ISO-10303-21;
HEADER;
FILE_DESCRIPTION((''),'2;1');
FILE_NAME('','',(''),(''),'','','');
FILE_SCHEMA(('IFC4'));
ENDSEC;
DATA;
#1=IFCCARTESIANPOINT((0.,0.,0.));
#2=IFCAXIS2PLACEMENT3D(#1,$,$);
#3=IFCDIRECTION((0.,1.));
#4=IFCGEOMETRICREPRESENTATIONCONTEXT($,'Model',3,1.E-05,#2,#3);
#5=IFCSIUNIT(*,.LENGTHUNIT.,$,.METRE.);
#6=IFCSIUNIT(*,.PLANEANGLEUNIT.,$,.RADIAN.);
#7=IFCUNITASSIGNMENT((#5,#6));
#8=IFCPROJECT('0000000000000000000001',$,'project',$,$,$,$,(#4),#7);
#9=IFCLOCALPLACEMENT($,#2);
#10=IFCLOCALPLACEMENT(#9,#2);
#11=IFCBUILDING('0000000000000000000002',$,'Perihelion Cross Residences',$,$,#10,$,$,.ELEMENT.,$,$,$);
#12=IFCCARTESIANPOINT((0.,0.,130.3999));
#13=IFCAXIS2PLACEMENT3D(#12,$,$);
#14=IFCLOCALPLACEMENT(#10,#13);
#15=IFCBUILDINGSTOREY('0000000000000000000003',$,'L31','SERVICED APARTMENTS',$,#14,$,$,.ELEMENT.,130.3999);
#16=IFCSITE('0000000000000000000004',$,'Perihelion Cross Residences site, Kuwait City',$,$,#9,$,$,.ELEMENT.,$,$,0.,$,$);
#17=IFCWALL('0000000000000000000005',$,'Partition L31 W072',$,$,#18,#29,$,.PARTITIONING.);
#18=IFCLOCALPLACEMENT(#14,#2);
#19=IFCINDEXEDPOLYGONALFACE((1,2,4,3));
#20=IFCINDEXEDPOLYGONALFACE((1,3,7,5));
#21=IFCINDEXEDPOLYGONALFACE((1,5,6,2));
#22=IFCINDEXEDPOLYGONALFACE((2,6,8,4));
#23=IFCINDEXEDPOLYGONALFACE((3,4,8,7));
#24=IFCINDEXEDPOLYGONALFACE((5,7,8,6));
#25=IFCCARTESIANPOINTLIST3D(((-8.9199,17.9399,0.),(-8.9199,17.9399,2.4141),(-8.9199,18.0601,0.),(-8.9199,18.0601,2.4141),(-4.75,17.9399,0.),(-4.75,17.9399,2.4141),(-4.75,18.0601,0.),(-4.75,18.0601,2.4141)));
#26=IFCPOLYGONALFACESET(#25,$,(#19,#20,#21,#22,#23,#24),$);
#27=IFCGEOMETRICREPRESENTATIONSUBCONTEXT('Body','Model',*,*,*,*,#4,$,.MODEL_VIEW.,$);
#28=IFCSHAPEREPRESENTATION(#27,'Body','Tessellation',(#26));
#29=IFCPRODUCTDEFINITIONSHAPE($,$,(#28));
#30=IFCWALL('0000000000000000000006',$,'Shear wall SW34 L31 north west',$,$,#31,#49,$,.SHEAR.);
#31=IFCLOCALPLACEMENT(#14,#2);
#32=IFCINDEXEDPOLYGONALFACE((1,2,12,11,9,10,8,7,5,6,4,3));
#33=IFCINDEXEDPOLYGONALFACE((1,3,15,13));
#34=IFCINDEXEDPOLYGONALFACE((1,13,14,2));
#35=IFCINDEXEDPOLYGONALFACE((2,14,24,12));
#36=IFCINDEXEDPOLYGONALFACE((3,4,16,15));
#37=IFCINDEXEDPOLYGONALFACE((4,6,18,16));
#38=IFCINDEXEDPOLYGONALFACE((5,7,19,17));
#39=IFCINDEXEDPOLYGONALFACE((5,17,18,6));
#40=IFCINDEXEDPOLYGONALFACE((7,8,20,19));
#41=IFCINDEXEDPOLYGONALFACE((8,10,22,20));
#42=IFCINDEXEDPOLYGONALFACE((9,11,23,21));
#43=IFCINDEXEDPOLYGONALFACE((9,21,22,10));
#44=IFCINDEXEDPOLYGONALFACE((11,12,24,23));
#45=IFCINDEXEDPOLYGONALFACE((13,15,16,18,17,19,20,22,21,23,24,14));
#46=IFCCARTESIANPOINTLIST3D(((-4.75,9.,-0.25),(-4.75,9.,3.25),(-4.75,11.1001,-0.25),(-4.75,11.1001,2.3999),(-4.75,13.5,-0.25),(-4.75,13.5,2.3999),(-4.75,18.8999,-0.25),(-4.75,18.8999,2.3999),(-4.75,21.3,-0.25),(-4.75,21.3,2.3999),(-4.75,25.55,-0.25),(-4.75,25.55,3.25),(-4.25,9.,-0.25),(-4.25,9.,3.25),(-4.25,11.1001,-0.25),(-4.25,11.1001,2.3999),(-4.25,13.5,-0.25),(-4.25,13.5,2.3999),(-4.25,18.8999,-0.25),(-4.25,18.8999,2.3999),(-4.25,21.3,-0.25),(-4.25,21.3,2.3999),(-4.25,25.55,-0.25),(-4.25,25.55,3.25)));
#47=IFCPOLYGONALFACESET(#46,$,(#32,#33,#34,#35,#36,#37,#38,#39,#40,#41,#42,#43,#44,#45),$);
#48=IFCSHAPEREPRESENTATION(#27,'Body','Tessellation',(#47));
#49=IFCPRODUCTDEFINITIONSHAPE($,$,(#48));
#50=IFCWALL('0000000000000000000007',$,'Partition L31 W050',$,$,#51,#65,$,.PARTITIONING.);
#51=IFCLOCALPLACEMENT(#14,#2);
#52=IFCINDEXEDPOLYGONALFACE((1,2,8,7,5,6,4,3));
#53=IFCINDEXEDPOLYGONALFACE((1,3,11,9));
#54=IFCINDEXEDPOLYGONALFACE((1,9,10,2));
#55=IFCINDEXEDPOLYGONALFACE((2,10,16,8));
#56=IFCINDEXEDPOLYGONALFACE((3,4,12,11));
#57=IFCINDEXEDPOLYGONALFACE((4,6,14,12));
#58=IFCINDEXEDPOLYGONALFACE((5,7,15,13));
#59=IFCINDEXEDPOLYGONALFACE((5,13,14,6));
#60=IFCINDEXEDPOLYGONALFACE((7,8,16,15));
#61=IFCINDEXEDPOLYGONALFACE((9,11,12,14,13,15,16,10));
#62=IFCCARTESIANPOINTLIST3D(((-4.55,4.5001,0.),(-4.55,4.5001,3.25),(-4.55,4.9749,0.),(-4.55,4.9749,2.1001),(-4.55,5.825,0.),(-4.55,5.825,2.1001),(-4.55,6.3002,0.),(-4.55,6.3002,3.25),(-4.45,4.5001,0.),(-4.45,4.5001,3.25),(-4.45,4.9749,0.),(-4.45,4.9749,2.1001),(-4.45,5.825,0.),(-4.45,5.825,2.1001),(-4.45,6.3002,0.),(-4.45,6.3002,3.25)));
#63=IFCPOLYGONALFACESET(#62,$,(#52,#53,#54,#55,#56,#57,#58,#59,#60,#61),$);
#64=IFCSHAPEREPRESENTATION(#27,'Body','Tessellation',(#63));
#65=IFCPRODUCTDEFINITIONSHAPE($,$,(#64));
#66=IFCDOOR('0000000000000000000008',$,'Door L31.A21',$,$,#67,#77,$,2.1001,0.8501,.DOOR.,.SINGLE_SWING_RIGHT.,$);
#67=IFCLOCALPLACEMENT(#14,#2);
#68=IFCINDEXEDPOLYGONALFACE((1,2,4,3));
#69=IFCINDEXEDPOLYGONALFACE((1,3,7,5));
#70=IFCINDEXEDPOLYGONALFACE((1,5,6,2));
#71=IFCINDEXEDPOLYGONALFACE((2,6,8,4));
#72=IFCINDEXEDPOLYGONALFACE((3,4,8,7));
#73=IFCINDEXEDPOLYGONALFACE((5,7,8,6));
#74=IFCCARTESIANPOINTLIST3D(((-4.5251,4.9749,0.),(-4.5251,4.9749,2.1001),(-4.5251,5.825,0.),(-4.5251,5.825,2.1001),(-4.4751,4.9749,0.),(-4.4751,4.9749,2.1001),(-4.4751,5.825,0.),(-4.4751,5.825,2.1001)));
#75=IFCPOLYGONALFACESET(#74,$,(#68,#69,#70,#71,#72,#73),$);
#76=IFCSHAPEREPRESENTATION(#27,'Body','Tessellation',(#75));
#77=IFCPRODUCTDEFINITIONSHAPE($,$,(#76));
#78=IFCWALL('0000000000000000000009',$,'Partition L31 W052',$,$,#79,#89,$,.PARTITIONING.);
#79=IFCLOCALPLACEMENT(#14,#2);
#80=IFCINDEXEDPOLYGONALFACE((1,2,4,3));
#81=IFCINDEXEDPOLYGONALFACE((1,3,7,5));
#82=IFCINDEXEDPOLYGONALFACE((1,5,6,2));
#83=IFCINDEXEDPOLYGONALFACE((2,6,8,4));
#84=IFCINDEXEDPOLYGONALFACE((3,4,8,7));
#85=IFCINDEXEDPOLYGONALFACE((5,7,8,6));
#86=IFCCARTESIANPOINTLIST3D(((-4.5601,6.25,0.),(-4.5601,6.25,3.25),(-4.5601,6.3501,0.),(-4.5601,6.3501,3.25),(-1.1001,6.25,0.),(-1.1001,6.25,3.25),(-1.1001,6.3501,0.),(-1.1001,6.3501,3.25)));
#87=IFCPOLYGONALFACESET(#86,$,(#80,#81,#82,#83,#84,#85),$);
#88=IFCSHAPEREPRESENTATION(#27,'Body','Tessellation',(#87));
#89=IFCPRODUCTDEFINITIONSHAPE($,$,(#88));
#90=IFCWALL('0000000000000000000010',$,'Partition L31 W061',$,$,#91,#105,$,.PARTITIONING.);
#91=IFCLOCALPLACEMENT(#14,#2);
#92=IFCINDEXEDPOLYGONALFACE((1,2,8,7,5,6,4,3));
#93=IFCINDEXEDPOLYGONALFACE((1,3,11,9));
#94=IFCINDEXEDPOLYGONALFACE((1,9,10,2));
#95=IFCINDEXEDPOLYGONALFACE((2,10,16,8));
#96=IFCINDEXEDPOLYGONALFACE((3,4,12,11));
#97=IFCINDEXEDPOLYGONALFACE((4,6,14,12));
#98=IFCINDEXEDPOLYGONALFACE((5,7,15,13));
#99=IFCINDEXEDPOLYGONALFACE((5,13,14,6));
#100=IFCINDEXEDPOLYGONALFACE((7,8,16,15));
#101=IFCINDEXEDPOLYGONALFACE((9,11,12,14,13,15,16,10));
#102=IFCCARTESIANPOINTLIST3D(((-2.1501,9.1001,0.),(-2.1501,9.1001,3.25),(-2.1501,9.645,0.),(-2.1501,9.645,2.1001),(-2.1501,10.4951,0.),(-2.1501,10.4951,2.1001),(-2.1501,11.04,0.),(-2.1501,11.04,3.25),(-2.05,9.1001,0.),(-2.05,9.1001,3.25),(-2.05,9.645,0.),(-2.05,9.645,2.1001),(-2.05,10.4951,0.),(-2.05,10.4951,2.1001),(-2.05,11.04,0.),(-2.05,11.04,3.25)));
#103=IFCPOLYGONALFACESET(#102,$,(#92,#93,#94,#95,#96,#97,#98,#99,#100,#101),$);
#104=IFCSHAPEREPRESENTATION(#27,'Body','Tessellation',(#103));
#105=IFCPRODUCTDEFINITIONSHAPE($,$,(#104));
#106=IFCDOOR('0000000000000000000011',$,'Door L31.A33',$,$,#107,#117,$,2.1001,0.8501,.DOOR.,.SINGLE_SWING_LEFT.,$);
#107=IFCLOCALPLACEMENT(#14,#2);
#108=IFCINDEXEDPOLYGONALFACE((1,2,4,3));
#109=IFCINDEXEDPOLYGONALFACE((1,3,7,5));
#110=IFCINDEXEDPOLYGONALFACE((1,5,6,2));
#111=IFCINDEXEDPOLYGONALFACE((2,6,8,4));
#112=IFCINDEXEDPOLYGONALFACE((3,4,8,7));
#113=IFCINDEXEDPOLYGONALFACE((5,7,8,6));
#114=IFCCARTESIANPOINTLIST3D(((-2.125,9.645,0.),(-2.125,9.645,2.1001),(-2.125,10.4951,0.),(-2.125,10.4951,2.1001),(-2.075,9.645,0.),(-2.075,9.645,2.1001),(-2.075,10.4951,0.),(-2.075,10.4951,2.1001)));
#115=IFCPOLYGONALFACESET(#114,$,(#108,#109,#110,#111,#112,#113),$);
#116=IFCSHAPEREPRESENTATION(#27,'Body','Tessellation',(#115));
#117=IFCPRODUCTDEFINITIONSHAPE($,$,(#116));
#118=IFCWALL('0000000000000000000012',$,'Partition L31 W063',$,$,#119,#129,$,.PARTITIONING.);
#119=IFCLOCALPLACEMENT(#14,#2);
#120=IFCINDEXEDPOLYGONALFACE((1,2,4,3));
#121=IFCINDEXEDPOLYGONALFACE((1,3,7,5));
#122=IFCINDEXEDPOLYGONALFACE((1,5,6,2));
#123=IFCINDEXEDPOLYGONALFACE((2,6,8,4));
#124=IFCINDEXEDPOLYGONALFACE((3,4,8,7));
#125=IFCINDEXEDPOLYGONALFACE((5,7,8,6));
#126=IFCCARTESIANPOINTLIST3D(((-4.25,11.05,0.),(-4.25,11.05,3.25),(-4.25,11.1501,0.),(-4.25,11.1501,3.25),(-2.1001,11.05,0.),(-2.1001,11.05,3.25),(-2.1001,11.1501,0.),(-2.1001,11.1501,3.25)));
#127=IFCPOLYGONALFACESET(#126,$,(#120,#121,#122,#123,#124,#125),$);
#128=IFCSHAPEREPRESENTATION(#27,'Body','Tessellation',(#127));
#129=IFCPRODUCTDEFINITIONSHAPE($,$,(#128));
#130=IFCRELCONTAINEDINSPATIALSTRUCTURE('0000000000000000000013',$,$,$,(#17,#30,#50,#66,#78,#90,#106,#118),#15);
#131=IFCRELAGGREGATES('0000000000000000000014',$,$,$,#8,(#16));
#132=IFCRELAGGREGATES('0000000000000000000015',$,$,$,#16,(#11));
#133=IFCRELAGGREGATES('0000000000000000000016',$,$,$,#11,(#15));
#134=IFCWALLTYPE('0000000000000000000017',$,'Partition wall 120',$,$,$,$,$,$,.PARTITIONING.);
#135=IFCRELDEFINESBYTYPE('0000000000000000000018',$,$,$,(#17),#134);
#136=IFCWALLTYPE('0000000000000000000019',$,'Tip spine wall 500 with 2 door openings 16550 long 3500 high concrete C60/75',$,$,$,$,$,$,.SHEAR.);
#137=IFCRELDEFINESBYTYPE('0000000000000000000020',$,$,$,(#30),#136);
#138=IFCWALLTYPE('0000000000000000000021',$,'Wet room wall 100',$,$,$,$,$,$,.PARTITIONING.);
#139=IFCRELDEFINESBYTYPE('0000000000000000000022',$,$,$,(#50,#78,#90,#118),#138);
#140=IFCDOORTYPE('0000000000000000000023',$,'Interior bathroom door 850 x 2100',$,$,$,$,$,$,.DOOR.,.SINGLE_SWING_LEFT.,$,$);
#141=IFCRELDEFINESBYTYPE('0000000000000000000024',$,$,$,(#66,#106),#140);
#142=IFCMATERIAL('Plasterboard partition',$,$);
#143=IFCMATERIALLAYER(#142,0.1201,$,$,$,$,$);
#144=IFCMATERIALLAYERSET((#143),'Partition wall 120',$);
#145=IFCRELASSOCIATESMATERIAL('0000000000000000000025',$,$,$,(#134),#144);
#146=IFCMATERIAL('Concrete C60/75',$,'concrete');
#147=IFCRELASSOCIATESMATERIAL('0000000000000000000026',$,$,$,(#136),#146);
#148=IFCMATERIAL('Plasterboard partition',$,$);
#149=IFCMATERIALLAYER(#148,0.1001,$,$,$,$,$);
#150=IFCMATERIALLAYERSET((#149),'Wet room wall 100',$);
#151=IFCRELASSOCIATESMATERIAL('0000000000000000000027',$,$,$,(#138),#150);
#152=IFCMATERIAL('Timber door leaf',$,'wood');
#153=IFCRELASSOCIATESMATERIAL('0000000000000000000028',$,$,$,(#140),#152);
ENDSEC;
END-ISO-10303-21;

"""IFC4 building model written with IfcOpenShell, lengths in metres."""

from ifc_helpers import new_model, si_unit, direction, frame, frame_2d, origin, place, context, subcontext, project, spatial, polyline, rectangle, outline, extrude, material, layer, layer_set, material_profile, profile_set, type_object, element, fill, save


model = new_model("IFC4")

# Units and contexts
model_context = context("Model", 3, precision=1e-05, world=origin(), true_north=direction((0.0, 1.0)))
body_context = subcontext(model_context, "Body", "Model", "MODEL_VIEW")
ifc_project = project(units=[si_unit("LENGTHUNIT", "METRE"), si_unit("PLANEANGLEUNIT", "RADIAN")], contexts=[model_context])

# Site, building, storey
site_placement = place(None, origin())
site = spatial("IfcSite", under=ifc_project, at=site_placement, Name="Perihelion Cross Residences site, Kuwait City", CompositionType="ELEMENT", RefElevation=0.0)
building_placement = place(site_placement, origin())
building = spatial("IfcBuilding", under=site, at=building_placement, Name="Perihelion Cross Residences", CompositionType="ELEMENT")
storey_placement = place(building_placement, frame((0.0, 0.0, 130.3999)))
storey = spatial("IfcBuildingStorey", under=building, at=storey_placement, Name="L31", Description="SERVICED APARTMENTS", CompositionType="ELEMENT", Elevation=130.3999)

# Shared definitions
ifc_material_1 = material(Name="Plasterboard partition")
ifc_layer_1 = layer(ifc_material_1, 0.1201)
ifc_layer_set_1 = layer_set([ifc_layer_1], Name="Partition wall 120")
wall_type_1 = type_object("IfcWallType", Name="Partition wall 120", PredefinedType="PARTITIONING", material=ifc_layer_set_1)

# Walls
wall_1_placement = place(storey_placement, frame((-8.9199, 18.0, 0.0), z_axis=(0.0, 0.0, 1.0), x_axis=(1.0, 0.0, 0.0)))
element("IfcWall", 1, at=wall_1_placement, inside=storey, type_object=wall_type_1, Name="Partition L31 W072", PredefinedType="PARTITIONING", context=body_context, shape_type="SweptSolid", body=[
    extrude(rectangle(XDim=4.1699, YDim=0.1201, at=frame_2d((2.085, 0.0))), origin(), (0.0, 0.0, 1.0), 2.4141),
])
ifc_material_2 = material(Name="Concrete C60/75", Category="concrete")
ifc_material_profile_1 = material_profile(ifc_material_2, outline(polyline([(0.0, 0.0), (2.1001, 0.0), (2.1001, 2.6499), (4.5, 2.6499), (4.5, 0.0), (9.8999, 0.0), (9.8999, 2.6499), (12.3, 2.6499), (12.3, 0.0), (16.55, 0.0), (16.55, 3.5), (0.0, 3.5), (0.0, 0.0)])), Name="Tip spine wall")
ifc_profile_set_1 = profile_set([ifc_material_profile_1], Name="Concrete C60/75")
wall_type_2 = type_object("IfcWallType", Name="Tip spine wall 500 with 2 door openings 16550 long 3500 high concrete C60/75", PredefinedType="SHEAR", material=ifc_profile_set_1)
wall_2_placement = place(storey_placement, frame((-4.75, 9.0, -0.25), z_axis=(1.0, 0.0, 0.0), x_axis=(0.0, 1.0, 0.0)))
element("IfcWall", 2, at=wall_2_placement, inside=storey, type_object=wall_type_2, Name="Shear wall SW34 L31 north west", PredefinedType="SHEAR", context=body_context, shape_type="SweptSolid", body=[
    extrude(outline(polyline([(0.0, 0.0), (2.1001, 0.0), (2.1001, 2.6499), (4.5, 2.6499), (4.5, 0.0), (9.8999, 0.0), (9.8999, 2.6499), (12.3, 2.6499), (12.3, 0.0), (16.55, 0.0), (16.55, 3.5), (0.0, 3.5), (0.0, 0.0)])), origin(), (0.0, 0.0, 1.0), 0.5),
])

# Wall, opening, door
ifc_material_3 = material(Name="Plasterboard partition")
ifc_layer_2 = layer(ifc_material_3, 0.1001)
ifc_layer_set_2 = layer_set([ifc_layer_2], Name="Wet room wall 100")
wall_type_3 = type_object("IfcWallType", Name="Wet room wall 100", PredefinedType="PARTITIONING", material=ifc_layer_set_2)
wall_3_placement = place(storey_placement, frame((-4.5, 6.3, 0.0), z_axis=(0.0, 0.0, 1.0), x_axis=(0.0, -1.0, 0.0)))
wall_3 = element("IfcWall", 3, at=wall_3_placement, inside=storey, type_object=wall_type_3, Name="Partition L31 W050", PredefinedType="PARTITIONING", context=body_context, shape_type="SweptSolid", body=[
    extrude(rectangle(XDim=1.8, YDim=0.1001, at=frame_2d((0.8999, 0.0))), origin(), (0.0, 0.0, 1.0), 3.25),
])
opening_1_placement = place(wall_3_placement, frame((0.4751, 0.0, 0.0)))
opening_1 = element("IfcOpeningElement", 4, at=opening_1_placement, cuts=wall_3, PredefinedType="OPENING", context=body_context, shape_type="SweptSolid", body=[
    extrude(rectangle(XDim=0.8501, YDim=2.1001, at=frame_2d((0.425, 1.05))), frame((0.0, 0.0601, 0.0), z_axis=(0.0, -1.0, 0.0), x_axis=(1.0, 0.0, 0.0)), (0.0, 0.0, 1.0), 0.1201),
])
ifc_material_4 = material(Name="Timber door leaf", Category="wood")
door_type_1 = type_object("IfcDoorType", Name="Interior bathroom door 850 x 2100", OperationType="SINGLE_SWING_LEFT", PredefinedType="DOOR", material=ifc_material_4)
door_1_placement = place(opening_1_placement, origin())
door_1 = element("IfcDoor", 5, at=door_1_placement, inside=storey, type_object=door_type_1, Name="Door L31.A21", OperationType="SINGLE_SWING_RIGHT", OverallHeight=2.1001, OverallWidth=0.8501, PredefinedType="DOOR", context=body_context, shape_type="SweptSolid", body=[
    extrude(rectangle(XDim=0.8501, YDim=2.1001, at=frame_2d((0.425, 1.05))), frame((0.0, 0.0249, 0.0), z_axis=(0.0, -1.0, 0.0), x_axis=(1.0, 0.0, 0.0)), (0.0, 0.0, 1.0), 0.05),
])
fill(opening_1, door_1)

# Wall
wall_4_placement = place(storey_placement, frame((-4.5601, 6.3, 0.0), z_axis=(0.0, 0.0, 1.0), x_axis=(1.0, 0.0, 0.0)))
element("IfcWall", 6, at=wall_4_placement, inside=storey, type_object=wall_type_3, Name="Partition L31 W052", PredefinedType="PARTITIONING", context=body_context, shape_type="SweptSolid", body=[
    extrude(rectangle(XDim=3.46, YDim=0.1001, at=frame_2d((1.73, 0.0))), origin(), (0.0, 0.0, 1.0), 3.25),
])

# Wall, opening, door
wall_5_placement = place(storey_placement, frame((-2.1001, 9.1001, 0.0), z_axis=(0.0, 0.0, 1.0), x_axis=(0.0, 1.0, 0.0)))
wall_5 = element("IfcWall", 7, at=wall_5_placement, inside=storey, type_object=wall_type_3, Name="Partition L31 W061", PredefinedType="PARTITIONING", context=body_context, shape_type="SweptSolid", body=[
    extrude(rectangle(XDim=1.9399, YDim=0.1001, at=frame_2d((0.97, 0.0))), origin(), (0.0, 0.0, 1.0), 3.25),
])
opening_2_placement = place(wall_5_placement, frame((0.5449, 0.0, 0.0)))
opening_2 = element("IfcOpeningElement", 8, at=opening_2_placement, cuts=wall_5, PredefinedType="OPENING", context=body_context, shape_type="SweptSolid", body=[
    extrude(rectangle(XDim=0.8501, YDim=2.1001, at=frame_2d((0.425, 1.05))), frame((0.0, 0.0601, 0.0), z_axis=(0.0, -1.0, 0.0), x_axis=(1.0, 0.0, 0.0)), (0.0, 0.0, 1.0), 0.1201),
])
door_2_placement = place(opening_2_placement, origin())
door_2 = element("IfcDoor", 9, at=door_2_placement, inside=storey, type_object=door_type_1, Name="Door L31.A33", OperationType="SINGLE_SWING_LEFT", OverallHeight=2.1001, OverallWidth=0.8501, PredefinedType="DOOR", context=body_context, shape_type="SweptSolid", body=[
    extrude(rectangle(XDim=0.8501, YDim=2.1001, at=frame_2d((0.425, 1.05))), frame((0.0, 0.0249, 0.0), z_axis=(0.0, -1.0, 0.0), x_axis=(1.0, 0.0, 0.0)), (0.0, 0.0, 1.0), 0.05),
])
fill(opening_2, door_2)

# Wall
wall_6_placement = place(storey_placement, frame((-4.25, 11.1001, 0.0), z_axis=(0.0, 0.0, 1.0), x_axis=(1.0, 0.0, 0.0)))
element("IfcWall", 10, at=wall_6_placement, inside=storey, type_object=wall_type_3, Name="Partition L31 W063", PredefinedType="PARTITIONING", context=body_context, shape_type="SweptSolid", body=[
    extrude(rectangle(XDim=2.1499, YDim=0.1001, at=frame_2d((1.075, 0.0))), origin(), (0.0, 0.0, 1.0), 3.25),
])

save(model, "model.ifc")
